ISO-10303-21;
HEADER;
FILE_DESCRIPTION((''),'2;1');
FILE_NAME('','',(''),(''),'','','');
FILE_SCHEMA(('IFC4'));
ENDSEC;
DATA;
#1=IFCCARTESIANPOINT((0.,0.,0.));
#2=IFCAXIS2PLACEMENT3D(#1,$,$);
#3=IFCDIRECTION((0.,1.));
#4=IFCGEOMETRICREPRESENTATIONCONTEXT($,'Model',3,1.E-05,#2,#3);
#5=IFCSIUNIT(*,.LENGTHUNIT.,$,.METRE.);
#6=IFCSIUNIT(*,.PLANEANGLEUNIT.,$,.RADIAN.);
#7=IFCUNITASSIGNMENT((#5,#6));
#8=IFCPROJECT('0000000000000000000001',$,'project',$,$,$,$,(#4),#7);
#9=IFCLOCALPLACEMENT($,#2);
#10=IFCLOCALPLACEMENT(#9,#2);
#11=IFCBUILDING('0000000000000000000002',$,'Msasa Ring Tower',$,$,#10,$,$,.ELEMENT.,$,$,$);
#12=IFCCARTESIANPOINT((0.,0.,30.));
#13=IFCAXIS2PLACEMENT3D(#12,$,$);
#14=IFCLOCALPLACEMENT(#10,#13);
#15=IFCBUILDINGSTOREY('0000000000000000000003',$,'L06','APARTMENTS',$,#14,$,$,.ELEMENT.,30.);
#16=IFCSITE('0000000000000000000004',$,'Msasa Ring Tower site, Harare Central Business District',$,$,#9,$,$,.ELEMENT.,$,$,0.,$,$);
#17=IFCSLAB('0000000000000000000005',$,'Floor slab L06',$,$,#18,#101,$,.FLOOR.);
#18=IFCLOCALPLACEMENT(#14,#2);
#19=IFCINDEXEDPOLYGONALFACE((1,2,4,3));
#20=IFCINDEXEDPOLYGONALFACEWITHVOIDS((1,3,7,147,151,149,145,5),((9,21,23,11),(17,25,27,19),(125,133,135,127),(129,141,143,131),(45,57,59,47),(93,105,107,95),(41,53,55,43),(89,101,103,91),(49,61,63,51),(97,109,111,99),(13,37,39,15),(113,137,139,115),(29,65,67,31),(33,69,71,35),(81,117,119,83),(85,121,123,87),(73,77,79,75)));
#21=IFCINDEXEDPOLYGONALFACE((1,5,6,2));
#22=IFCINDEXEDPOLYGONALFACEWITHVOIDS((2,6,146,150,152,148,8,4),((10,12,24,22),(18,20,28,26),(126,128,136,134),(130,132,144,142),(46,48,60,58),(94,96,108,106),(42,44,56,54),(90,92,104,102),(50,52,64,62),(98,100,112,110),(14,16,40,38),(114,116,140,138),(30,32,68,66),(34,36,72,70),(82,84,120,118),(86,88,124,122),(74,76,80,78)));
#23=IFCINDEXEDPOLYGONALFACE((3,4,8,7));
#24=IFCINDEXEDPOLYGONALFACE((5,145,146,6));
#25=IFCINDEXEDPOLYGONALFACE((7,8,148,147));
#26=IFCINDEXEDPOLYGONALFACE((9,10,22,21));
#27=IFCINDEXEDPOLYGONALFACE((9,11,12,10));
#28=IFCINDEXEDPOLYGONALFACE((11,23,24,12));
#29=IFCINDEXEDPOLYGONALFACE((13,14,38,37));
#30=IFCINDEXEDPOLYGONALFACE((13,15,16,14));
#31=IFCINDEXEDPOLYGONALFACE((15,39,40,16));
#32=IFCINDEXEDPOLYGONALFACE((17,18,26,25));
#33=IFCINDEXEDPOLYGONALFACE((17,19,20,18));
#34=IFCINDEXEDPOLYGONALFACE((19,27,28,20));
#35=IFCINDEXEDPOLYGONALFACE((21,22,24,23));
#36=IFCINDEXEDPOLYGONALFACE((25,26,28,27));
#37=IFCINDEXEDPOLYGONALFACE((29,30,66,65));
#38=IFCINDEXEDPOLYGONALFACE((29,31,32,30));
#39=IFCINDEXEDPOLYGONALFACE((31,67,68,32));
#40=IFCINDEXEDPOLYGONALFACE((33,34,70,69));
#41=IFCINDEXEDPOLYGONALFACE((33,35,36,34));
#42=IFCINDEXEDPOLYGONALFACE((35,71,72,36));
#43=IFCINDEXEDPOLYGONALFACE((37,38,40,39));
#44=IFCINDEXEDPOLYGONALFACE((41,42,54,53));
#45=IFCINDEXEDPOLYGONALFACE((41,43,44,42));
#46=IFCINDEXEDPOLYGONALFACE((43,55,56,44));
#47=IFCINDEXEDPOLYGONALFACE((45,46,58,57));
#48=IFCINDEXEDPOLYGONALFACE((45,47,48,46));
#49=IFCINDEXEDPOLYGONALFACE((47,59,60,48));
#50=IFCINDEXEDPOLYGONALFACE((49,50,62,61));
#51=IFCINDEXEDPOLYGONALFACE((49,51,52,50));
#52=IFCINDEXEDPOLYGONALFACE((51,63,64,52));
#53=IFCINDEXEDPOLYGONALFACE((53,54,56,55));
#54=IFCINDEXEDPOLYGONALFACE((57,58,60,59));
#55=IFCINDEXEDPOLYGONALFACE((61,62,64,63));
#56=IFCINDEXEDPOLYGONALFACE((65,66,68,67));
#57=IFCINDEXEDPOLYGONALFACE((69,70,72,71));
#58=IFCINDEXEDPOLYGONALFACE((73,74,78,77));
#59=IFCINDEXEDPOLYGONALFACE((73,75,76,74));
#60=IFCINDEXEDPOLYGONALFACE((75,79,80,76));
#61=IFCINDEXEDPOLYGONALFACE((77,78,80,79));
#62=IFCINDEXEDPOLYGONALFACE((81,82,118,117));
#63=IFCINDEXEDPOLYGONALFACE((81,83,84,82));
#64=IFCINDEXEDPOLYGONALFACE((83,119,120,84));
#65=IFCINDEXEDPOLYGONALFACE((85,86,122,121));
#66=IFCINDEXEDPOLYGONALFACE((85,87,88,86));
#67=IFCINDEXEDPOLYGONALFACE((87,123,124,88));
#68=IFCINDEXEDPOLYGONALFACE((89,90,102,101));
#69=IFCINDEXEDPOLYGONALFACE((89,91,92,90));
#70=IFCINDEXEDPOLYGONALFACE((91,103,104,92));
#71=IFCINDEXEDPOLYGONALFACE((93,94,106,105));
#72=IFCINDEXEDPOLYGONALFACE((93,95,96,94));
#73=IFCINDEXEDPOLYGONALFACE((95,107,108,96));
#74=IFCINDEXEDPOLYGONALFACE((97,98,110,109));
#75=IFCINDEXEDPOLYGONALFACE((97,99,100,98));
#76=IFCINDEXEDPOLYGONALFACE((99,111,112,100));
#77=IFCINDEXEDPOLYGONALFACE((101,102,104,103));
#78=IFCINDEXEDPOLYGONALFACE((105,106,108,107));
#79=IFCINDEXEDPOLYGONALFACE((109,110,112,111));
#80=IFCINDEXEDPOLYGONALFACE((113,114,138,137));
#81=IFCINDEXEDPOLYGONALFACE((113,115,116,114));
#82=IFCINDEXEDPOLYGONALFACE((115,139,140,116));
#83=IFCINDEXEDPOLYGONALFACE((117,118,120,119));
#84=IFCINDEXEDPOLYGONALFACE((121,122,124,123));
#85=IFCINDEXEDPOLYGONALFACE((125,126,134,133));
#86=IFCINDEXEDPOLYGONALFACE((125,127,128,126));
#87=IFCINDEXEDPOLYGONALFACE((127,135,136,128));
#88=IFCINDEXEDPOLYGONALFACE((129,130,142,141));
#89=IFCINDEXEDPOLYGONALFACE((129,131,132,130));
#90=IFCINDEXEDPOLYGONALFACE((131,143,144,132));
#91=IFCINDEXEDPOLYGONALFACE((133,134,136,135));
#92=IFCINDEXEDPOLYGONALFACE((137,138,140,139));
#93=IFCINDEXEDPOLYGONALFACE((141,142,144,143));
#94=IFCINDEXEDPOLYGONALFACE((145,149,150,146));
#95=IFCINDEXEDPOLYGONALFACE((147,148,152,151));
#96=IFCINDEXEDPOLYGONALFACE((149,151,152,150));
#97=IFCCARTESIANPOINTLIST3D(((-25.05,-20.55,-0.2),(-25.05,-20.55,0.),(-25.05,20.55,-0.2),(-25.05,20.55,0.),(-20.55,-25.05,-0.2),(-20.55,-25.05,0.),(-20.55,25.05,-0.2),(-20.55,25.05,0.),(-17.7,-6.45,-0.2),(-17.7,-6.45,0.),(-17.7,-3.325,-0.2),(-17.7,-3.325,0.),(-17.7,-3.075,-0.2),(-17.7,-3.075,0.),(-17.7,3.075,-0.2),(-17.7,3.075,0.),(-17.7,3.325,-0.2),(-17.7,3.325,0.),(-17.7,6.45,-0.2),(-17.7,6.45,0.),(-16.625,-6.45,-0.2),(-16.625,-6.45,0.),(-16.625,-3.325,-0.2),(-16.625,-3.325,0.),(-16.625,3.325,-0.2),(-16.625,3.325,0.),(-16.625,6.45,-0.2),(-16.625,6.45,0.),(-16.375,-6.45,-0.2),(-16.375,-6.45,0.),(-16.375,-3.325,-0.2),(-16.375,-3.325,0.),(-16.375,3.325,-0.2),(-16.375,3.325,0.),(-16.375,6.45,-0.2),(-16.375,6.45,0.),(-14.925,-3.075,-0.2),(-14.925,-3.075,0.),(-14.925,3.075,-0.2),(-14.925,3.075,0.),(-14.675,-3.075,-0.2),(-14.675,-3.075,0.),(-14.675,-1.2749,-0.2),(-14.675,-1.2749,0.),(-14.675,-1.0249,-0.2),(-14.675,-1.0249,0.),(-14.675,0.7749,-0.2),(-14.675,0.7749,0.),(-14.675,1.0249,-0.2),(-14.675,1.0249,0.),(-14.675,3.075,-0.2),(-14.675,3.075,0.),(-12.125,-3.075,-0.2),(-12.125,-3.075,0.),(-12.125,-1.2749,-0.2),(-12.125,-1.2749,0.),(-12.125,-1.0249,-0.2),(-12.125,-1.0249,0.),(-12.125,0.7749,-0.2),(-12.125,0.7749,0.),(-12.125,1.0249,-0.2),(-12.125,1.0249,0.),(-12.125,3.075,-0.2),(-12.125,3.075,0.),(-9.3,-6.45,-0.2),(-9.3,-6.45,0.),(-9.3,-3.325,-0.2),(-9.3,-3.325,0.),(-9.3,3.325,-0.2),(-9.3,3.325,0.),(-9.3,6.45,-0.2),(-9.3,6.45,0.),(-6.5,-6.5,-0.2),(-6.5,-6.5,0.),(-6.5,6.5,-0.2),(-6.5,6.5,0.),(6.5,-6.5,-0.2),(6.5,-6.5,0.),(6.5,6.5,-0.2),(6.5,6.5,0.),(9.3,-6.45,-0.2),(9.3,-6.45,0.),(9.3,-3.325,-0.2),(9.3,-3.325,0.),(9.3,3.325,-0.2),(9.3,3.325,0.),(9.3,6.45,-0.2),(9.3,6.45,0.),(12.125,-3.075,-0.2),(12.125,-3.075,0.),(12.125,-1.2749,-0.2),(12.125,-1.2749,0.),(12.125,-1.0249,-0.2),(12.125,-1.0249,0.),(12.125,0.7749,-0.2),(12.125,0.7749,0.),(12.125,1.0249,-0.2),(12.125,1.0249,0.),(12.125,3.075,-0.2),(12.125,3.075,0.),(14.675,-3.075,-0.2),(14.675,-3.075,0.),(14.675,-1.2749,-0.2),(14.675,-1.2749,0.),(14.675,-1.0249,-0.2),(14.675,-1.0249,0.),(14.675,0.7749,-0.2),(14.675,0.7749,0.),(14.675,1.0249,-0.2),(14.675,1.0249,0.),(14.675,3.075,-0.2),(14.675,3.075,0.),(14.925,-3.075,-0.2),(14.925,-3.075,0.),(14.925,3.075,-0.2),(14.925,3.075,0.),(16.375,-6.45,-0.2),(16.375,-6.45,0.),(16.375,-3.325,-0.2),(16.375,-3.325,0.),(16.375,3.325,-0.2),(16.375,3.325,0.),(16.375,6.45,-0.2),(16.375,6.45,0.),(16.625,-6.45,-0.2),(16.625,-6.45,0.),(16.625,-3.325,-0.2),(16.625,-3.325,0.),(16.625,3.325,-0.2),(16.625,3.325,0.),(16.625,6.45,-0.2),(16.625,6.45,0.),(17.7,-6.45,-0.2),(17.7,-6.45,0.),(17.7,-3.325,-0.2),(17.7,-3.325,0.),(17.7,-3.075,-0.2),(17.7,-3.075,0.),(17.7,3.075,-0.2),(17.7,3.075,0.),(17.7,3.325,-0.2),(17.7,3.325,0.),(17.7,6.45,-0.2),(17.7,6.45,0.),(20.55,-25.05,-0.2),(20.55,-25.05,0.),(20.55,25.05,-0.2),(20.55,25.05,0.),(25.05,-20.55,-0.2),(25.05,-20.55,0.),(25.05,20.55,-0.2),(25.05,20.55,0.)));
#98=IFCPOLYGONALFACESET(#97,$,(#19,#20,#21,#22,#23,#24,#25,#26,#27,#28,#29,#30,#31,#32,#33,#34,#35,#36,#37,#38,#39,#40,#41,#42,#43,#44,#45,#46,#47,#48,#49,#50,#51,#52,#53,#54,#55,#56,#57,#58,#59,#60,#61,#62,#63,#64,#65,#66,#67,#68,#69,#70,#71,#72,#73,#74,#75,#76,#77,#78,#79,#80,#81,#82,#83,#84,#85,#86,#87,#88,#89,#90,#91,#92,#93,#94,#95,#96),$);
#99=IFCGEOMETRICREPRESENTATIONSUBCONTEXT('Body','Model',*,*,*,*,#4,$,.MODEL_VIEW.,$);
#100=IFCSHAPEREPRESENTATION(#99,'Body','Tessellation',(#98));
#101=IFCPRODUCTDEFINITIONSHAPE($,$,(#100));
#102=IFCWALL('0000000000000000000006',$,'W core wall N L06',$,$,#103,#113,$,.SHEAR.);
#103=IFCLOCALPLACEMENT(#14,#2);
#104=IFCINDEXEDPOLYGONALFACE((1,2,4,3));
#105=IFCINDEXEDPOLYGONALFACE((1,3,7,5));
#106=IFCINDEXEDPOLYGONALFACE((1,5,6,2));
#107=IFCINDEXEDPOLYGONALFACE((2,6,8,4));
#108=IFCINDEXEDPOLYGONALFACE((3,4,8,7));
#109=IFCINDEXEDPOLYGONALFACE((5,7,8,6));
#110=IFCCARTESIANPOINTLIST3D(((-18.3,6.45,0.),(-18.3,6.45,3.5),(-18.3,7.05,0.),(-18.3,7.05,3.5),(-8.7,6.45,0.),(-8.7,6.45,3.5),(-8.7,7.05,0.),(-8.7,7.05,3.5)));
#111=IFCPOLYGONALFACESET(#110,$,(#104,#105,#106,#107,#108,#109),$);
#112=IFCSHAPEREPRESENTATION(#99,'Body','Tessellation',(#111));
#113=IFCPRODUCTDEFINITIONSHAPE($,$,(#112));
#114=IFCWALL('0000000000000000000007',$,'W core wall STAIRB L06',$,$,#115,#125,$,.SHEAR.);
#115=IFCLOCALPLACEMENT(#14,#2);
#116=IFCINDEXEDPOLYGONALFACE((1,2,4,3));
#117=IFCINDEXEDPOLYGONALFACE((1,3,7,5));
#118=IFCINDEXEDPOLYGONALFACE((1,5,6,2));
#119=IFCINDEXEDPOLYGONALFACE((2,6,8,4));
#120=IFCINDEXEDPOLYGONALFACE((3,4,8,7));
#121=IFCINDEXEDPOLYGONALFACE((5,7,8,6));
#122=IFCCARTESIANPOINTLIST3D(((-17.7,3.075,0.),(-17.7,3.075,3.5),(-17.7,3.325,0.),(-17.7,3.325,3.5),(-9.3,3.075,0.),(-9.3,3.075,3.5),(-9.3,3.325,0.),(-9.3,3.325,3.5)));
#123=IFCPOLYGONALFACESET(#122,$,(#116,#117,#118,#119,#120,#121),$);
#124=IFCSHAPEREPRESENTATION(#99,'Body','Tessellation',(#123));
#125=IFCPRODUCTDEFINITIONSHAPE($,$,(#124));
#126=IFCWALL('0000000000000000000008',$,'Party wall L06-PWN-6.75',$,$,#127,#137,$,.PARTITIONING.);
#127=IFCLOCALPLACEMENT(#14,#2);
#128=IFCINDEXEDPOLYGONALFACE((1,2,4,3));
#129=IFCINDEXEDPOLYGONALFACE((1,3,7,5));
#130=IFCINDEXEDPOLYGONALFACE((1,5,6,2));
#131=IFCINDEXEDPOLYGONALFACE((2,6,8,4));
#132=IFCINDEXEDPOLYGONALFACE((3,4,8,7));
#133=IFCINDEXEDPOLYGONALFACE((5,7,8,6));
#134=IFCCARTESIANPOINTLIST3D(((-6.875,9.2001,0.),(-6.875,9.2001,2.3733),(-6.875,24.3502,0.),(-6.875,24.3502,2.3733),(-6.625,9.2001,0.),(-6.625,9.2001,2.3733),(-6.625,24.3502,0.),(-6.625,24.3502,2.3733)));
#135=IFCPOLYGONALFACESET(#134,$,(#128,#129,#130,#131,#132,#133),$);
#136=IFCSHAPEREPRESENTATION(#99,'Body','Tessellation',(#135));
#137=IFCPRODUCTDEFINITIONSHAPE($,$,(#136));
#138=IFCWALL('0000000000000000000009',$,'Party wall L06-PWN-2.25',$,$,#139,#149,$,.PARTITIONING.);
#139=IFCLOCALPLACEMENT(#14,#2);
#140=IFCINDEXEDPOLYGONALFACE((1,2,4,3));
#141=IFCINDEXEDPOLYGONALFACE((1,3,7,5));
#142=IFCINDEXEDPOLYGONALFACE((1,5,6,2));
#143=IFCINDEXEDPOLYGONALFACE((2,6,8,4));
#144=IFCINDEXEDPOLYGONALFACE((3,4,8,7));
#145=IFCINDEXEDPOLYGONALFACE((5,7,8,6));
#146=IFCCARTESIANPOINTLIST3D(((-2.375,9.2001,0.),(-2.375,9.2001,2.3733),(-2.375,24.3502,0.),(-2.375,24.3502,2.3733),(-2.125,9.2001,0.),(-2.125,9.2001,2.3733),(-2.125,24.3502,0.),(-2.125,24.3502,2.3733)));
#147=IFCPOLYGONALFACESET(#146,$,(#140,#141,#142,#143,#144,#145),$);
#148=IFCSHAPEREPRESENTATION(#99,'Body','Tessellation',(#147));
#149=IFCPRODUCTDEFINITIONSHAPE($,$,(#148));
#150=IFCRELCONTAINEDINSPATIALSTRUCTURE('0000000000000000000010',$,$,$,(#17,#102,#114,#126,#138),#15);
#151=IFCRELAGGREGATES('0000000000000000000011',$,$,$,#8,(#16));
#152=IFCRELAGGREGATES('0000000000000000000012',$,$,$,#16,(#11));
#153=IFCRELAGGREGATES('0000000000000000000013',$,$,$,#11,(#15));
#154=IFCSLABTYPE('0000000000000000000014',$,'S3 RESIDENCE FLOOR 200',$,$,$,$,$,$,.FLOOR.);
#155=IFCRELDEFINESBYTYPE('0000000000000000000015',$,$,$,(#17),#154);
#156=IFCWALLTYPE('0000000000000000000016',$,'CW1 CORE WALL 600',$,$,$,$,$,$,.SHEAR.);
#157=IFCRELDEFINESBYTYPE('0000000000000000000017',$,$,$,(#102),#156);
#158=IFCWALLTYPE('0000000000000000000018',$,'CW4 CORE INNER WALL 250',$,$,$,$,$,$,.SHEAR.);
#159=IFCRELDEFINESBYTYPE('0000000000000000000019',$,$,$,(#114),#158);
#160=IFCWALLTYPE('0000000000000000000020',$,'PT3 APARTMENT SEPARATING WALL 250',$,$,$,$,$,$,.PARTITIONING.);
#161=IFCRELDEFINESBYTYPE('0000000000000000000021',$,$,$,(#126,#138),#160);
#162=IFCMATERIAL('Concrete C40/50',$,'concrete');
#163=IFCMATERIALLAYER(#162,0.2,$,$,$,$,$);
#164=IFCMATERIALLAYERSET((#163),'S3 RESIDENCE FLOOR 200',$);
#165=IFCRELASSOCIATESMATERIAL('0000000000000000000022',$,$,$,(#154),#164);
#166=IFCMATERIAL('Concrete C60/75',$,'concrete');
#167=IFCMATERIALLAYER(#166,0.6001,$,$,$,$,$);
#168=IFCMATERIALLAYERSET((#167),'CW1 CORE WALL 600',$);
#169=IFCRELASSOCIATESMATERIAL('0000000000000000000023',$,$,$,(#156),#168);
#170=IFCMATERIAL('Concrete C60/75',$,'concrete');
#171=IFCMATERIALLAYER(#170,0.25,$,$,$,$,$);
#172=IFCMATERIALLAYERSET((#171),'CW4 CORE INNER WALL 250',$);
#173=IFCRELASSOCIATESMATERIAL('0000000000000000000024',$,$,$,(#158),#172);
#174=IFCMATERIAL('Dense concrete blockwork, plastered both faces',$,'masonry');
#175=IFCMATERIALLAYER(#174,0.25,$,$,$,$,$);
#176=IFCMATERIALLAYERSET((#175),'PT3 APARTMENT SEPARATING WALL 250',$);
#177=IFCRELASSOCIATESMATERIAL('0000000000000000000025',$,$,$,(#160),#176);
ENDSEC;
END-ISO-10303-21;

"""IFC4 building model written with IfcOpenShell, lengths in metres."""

from ifc_helpers import new_model, si_unit, direction, frame, frame_2d, origin, place, context, subcontext, project, spatial, polyline, rectangle, outline, extrude, material, layer, layer_set, type_object, element, save


model = new_model("IFC4")

# Units and contexts
model_context = context("Model", 3, precision=1e-05, world=origin(), true_north=direction((0.0, 1.0)))
body_context = subcontext(model_context, "Body", "Model", "MODEL_VIEW")
ifc_project = project(units=[si_unit("LENGTHUNIT", "METRE"), si_unit("PLANEANGLEUNIT", "RADIAN")], contexts=[model_context])

# Site, building, storey
site_placement = place(None, origin())
site = spatial("IfcSite", under=ifc_project, at=site_placement, Name="Msasa Ring Tower site, Harare Central Business District", CompositionType="ELEMENT", RefElevation=0.0)
building_placement = place(site_placement, origin())
building = spatial("IfcBuilding", under=site, at=building_placement, Name="Msasa Ring Tower", CompositionType="ELEMENT")
storey_placement = place(building_placement, frame((0.0, 0.0, 30.0)))
storey = spatial("IfcBuildingStorey", under=building, at=storey_placement, Name="L06", Description="APARTMENTS", CompositionType="ELEMENT", Elevation=30.0)

# Slab
ifc_material_1 = material(Name="Concrete C40/50", Category="concrete")
ifc_layer_1 = layer(ifc_material_1, 0.2)
ifc_layer_set_1 = layer_set([ifc_layer_1], Name="S3 RESIDENCE FLOOR 200")
slab_type = type_object("IfcSlabType", Name="S3 RESIDENCE FLOOR 200", PredefinedType="FLOOR", material=ifc_layer_set_1)
slab_placement = place(storey_placement, frame((0.0, 0.0, -0.2)))
element("IfcSlab", 1, at=slab_placement, inside=storey, type_object=slab_type, Name="Floor slab L06", PredefinedType="FLOOR", context=body_context, shape_type="SweptSolid", body=[
    extrude(outline(polyline([(-20.55, -25.05), (20.55, -25.05), (25.05, -20.55), (25.05, 20.55), (20.55, 25.05), (-20.55, 25.05), (-25.05, 20.55), (-25.05, -20.55), (-20.55, -25.05)]), holes=[polyline([(-6.5, -6.5), (6.5, -6.5), (6.5, 6.5), (-6.5, 6.5), (-6.5, -6.5)]), polyline([(9.3, -6.45), (16.375, -6.45), (16.375, -3.325), (9.3, -3.325), (9.3, -6.45)]), polyline([(9.3, 3.325), (16.375, 3.325), (16.375, 6.45), (9.3, 6.45), (9.3, 3.325)]), polyline([(12.125, -3.075), (14.675, -3.075), (14.675, -1.2749), (12.125, -1.2749), (12.125, -3.075)]), polyline([(12.125, -1.0249), (14.675, -1.0249), (14.675, 0.7749), (12.125, 0.7749), (12.125, -1.0249)]), polyline([(12.125, 1.0249), (14.675, 1.0249), (14.675, 3.075), (12.125, 3.075), (12.125, 1.0249)]), polyline([(16.625, -6.45), (17.7, -6.45), (17.7, -3.325), (16.625, -3.325), (16.625, -6.45)]), polyline([(16.625, 3.325), (17.7, 3.325), (17.7, 6.45), (16.625, 6.45), (16.625, 3.325)]), polyline([(14.925, -3.075), (17.7, -3.075), (17.7, 3.075), (14.925, 3.075), (14.925, -3.075)]), polyline([(-16.375, -6.45), (-9.3, -6.45), (-9.3, -3.325), (-16.375, -3.325), (-16.375, -6.45)]), polyline([(-16.375, 3.325), (-9.3, 3.325), (-9.3, 6.45), (-16.375, 6.45), (-16.375, 3.325)]), polyline([(-14.675, -3.075), (-12.125, -3.075), (-12.125, -1.2749), (-14.675, -1.2749), (-14.675, -3.075)]), polyline([(-14.675, -1.0249), (-12.125, -1.0249), (-12.125, 0.7749), (-14.675, 0.7749), (-14.675, -1.0249)]), polyline([(-14.675, 1.0249), (-12.125, 1.0249), (-12.125, 3.075), (-14.675, 3.075), (-14.675, 1.0249)]), polyline([(-17.7, -6.45), (-16.625, -6.45), (-16.625, -3.325), (-17.7, -3.325), (-17.7, -6.45)]), polyline([(-17.7, 3.325), (-16.625, 3.325), (-16.625, 6.45), (-17.7, 6.45), (-17.7, 3.325)]), polyline([(-17.7, -3.075), (-14.925, -3.075), (-14.925, 3.075), (-17.7, 3.075), (-17.7, -3.075)])]), origin(), (0.0, 0.0, 1.0), 0.2),
])

# Walls
ifc_material_2 = material(Name="Concrete C60/75", Category="concrete")
ifc_layer_2 = layer(ifc_material_2, 0.6001)
ifc_layer_set_2 = layer_set([ifc_layer_2], Name="CW1 CORE WALL 600")
wall_type_1 = type_object("IfcWallType", Name="CW1 CORE WALL 600", PredefinedType="SHEAR", material=ifc_layer_set_2)
wall_1_placement = place(storey_placement, frame((-8.7, 6.75, 0.0), z_axis=(0.0, 0.0, 1.0), x_axis=(-1.0, 0.0, 0.0)))
element("IfcWall", 2, at=wall_1_placement, inside=storey, type_object=wall_type_1, Name="W core wall N L06", PredefinedType="SHEAR", context=body_context, shape_type="SweptSolid", body=[
    extrude(rectangle(XDim=9.6001, YDim=0.6001, at=frame_2d((4.8, 0.0))), origin(), (0.0, 0.0, 1.0), 3.5),
])
ifc_material_3 = material(Name="Concrete C60/75", Category="concrete")
ifc_layer_3 = layer(ifc_material_3, 0.25)
ifc_layer_set_3 = layer_set([ifc_layer_3], Name="CW4 CORE INNER WALL 250")
wall_type_2 = type_object("IfcWallType", Name="CW4 CORE INNER WALL 250", PredefinedType="SHEAR", material=ifc_layer_set_3)
wall_2_placement = place(storey_placement, frame((-9.3, 3.2, 0.0), z_axis=(0.0, 0.0, 1.0), x_axis=(-1.0, 0.0, 0.0)))
element("IfcWall", 3, at=wall_2_placement, inside=storey, type_object=wall_type_2, Name="W core wall STAIRB L06", PredefinedType="SHEAR", context=body_context, shape_type="SweptSolid", body=[
    extrude(rectangle(XDim=8.3999, YDim=0.25, at=frame_2d((4.2, 0.0))), origin(), (0.0, 0.0, 1.0), 3.5),
])
ifc_material_4 = material(Name="Dense concrete blockwork, plastered both faces", Category="masonry")
ifc_layer_4 = layer(ifc_material_4, 0.25)
ifc_layer_set_4 = layer_set([ifc_layer_4], Name="PT3 APARTMENT SEPARATING WALL 250")
wall_type_3 = type_object("IfcWallType", Name="PT3 APARTMENT SEPARATING WALL 250", PredefinedType="PARTITIONING", material=ifc_layer_set_4)
for number, where, z_axis, x_axis, name in (
    (4, (-6.75, 9.2, 0.0), (0.0, 0.0, 1.0), (0.0, 1.0, 0.0), "Party wall L06-PWN-6.75"),
    (5, (-2.25, 9.2, 0.0), (0.0, 0.0, 1.0), (0.0, 1.0, 0.0), "Party wall L06-PWN-2.25"),
):
    element("IfcWall", number, at=place(storey_placement, frame(where, z_axis=z_axis, x_axis=x_axis)), inside=storey, type_object=wall_type_3, Name=name, PredefinedType="PARTITIONING", context=body_context, shape_type="SweptSolid", body=[
        extrude(rectangle(XDim=15.1501, YDim=0.25, at=frame_2d((7.5752, 0.0))), origin(), (0.0, 0.0, 1.0), 2.3733),
    ])

save(model, "model.ifc")
